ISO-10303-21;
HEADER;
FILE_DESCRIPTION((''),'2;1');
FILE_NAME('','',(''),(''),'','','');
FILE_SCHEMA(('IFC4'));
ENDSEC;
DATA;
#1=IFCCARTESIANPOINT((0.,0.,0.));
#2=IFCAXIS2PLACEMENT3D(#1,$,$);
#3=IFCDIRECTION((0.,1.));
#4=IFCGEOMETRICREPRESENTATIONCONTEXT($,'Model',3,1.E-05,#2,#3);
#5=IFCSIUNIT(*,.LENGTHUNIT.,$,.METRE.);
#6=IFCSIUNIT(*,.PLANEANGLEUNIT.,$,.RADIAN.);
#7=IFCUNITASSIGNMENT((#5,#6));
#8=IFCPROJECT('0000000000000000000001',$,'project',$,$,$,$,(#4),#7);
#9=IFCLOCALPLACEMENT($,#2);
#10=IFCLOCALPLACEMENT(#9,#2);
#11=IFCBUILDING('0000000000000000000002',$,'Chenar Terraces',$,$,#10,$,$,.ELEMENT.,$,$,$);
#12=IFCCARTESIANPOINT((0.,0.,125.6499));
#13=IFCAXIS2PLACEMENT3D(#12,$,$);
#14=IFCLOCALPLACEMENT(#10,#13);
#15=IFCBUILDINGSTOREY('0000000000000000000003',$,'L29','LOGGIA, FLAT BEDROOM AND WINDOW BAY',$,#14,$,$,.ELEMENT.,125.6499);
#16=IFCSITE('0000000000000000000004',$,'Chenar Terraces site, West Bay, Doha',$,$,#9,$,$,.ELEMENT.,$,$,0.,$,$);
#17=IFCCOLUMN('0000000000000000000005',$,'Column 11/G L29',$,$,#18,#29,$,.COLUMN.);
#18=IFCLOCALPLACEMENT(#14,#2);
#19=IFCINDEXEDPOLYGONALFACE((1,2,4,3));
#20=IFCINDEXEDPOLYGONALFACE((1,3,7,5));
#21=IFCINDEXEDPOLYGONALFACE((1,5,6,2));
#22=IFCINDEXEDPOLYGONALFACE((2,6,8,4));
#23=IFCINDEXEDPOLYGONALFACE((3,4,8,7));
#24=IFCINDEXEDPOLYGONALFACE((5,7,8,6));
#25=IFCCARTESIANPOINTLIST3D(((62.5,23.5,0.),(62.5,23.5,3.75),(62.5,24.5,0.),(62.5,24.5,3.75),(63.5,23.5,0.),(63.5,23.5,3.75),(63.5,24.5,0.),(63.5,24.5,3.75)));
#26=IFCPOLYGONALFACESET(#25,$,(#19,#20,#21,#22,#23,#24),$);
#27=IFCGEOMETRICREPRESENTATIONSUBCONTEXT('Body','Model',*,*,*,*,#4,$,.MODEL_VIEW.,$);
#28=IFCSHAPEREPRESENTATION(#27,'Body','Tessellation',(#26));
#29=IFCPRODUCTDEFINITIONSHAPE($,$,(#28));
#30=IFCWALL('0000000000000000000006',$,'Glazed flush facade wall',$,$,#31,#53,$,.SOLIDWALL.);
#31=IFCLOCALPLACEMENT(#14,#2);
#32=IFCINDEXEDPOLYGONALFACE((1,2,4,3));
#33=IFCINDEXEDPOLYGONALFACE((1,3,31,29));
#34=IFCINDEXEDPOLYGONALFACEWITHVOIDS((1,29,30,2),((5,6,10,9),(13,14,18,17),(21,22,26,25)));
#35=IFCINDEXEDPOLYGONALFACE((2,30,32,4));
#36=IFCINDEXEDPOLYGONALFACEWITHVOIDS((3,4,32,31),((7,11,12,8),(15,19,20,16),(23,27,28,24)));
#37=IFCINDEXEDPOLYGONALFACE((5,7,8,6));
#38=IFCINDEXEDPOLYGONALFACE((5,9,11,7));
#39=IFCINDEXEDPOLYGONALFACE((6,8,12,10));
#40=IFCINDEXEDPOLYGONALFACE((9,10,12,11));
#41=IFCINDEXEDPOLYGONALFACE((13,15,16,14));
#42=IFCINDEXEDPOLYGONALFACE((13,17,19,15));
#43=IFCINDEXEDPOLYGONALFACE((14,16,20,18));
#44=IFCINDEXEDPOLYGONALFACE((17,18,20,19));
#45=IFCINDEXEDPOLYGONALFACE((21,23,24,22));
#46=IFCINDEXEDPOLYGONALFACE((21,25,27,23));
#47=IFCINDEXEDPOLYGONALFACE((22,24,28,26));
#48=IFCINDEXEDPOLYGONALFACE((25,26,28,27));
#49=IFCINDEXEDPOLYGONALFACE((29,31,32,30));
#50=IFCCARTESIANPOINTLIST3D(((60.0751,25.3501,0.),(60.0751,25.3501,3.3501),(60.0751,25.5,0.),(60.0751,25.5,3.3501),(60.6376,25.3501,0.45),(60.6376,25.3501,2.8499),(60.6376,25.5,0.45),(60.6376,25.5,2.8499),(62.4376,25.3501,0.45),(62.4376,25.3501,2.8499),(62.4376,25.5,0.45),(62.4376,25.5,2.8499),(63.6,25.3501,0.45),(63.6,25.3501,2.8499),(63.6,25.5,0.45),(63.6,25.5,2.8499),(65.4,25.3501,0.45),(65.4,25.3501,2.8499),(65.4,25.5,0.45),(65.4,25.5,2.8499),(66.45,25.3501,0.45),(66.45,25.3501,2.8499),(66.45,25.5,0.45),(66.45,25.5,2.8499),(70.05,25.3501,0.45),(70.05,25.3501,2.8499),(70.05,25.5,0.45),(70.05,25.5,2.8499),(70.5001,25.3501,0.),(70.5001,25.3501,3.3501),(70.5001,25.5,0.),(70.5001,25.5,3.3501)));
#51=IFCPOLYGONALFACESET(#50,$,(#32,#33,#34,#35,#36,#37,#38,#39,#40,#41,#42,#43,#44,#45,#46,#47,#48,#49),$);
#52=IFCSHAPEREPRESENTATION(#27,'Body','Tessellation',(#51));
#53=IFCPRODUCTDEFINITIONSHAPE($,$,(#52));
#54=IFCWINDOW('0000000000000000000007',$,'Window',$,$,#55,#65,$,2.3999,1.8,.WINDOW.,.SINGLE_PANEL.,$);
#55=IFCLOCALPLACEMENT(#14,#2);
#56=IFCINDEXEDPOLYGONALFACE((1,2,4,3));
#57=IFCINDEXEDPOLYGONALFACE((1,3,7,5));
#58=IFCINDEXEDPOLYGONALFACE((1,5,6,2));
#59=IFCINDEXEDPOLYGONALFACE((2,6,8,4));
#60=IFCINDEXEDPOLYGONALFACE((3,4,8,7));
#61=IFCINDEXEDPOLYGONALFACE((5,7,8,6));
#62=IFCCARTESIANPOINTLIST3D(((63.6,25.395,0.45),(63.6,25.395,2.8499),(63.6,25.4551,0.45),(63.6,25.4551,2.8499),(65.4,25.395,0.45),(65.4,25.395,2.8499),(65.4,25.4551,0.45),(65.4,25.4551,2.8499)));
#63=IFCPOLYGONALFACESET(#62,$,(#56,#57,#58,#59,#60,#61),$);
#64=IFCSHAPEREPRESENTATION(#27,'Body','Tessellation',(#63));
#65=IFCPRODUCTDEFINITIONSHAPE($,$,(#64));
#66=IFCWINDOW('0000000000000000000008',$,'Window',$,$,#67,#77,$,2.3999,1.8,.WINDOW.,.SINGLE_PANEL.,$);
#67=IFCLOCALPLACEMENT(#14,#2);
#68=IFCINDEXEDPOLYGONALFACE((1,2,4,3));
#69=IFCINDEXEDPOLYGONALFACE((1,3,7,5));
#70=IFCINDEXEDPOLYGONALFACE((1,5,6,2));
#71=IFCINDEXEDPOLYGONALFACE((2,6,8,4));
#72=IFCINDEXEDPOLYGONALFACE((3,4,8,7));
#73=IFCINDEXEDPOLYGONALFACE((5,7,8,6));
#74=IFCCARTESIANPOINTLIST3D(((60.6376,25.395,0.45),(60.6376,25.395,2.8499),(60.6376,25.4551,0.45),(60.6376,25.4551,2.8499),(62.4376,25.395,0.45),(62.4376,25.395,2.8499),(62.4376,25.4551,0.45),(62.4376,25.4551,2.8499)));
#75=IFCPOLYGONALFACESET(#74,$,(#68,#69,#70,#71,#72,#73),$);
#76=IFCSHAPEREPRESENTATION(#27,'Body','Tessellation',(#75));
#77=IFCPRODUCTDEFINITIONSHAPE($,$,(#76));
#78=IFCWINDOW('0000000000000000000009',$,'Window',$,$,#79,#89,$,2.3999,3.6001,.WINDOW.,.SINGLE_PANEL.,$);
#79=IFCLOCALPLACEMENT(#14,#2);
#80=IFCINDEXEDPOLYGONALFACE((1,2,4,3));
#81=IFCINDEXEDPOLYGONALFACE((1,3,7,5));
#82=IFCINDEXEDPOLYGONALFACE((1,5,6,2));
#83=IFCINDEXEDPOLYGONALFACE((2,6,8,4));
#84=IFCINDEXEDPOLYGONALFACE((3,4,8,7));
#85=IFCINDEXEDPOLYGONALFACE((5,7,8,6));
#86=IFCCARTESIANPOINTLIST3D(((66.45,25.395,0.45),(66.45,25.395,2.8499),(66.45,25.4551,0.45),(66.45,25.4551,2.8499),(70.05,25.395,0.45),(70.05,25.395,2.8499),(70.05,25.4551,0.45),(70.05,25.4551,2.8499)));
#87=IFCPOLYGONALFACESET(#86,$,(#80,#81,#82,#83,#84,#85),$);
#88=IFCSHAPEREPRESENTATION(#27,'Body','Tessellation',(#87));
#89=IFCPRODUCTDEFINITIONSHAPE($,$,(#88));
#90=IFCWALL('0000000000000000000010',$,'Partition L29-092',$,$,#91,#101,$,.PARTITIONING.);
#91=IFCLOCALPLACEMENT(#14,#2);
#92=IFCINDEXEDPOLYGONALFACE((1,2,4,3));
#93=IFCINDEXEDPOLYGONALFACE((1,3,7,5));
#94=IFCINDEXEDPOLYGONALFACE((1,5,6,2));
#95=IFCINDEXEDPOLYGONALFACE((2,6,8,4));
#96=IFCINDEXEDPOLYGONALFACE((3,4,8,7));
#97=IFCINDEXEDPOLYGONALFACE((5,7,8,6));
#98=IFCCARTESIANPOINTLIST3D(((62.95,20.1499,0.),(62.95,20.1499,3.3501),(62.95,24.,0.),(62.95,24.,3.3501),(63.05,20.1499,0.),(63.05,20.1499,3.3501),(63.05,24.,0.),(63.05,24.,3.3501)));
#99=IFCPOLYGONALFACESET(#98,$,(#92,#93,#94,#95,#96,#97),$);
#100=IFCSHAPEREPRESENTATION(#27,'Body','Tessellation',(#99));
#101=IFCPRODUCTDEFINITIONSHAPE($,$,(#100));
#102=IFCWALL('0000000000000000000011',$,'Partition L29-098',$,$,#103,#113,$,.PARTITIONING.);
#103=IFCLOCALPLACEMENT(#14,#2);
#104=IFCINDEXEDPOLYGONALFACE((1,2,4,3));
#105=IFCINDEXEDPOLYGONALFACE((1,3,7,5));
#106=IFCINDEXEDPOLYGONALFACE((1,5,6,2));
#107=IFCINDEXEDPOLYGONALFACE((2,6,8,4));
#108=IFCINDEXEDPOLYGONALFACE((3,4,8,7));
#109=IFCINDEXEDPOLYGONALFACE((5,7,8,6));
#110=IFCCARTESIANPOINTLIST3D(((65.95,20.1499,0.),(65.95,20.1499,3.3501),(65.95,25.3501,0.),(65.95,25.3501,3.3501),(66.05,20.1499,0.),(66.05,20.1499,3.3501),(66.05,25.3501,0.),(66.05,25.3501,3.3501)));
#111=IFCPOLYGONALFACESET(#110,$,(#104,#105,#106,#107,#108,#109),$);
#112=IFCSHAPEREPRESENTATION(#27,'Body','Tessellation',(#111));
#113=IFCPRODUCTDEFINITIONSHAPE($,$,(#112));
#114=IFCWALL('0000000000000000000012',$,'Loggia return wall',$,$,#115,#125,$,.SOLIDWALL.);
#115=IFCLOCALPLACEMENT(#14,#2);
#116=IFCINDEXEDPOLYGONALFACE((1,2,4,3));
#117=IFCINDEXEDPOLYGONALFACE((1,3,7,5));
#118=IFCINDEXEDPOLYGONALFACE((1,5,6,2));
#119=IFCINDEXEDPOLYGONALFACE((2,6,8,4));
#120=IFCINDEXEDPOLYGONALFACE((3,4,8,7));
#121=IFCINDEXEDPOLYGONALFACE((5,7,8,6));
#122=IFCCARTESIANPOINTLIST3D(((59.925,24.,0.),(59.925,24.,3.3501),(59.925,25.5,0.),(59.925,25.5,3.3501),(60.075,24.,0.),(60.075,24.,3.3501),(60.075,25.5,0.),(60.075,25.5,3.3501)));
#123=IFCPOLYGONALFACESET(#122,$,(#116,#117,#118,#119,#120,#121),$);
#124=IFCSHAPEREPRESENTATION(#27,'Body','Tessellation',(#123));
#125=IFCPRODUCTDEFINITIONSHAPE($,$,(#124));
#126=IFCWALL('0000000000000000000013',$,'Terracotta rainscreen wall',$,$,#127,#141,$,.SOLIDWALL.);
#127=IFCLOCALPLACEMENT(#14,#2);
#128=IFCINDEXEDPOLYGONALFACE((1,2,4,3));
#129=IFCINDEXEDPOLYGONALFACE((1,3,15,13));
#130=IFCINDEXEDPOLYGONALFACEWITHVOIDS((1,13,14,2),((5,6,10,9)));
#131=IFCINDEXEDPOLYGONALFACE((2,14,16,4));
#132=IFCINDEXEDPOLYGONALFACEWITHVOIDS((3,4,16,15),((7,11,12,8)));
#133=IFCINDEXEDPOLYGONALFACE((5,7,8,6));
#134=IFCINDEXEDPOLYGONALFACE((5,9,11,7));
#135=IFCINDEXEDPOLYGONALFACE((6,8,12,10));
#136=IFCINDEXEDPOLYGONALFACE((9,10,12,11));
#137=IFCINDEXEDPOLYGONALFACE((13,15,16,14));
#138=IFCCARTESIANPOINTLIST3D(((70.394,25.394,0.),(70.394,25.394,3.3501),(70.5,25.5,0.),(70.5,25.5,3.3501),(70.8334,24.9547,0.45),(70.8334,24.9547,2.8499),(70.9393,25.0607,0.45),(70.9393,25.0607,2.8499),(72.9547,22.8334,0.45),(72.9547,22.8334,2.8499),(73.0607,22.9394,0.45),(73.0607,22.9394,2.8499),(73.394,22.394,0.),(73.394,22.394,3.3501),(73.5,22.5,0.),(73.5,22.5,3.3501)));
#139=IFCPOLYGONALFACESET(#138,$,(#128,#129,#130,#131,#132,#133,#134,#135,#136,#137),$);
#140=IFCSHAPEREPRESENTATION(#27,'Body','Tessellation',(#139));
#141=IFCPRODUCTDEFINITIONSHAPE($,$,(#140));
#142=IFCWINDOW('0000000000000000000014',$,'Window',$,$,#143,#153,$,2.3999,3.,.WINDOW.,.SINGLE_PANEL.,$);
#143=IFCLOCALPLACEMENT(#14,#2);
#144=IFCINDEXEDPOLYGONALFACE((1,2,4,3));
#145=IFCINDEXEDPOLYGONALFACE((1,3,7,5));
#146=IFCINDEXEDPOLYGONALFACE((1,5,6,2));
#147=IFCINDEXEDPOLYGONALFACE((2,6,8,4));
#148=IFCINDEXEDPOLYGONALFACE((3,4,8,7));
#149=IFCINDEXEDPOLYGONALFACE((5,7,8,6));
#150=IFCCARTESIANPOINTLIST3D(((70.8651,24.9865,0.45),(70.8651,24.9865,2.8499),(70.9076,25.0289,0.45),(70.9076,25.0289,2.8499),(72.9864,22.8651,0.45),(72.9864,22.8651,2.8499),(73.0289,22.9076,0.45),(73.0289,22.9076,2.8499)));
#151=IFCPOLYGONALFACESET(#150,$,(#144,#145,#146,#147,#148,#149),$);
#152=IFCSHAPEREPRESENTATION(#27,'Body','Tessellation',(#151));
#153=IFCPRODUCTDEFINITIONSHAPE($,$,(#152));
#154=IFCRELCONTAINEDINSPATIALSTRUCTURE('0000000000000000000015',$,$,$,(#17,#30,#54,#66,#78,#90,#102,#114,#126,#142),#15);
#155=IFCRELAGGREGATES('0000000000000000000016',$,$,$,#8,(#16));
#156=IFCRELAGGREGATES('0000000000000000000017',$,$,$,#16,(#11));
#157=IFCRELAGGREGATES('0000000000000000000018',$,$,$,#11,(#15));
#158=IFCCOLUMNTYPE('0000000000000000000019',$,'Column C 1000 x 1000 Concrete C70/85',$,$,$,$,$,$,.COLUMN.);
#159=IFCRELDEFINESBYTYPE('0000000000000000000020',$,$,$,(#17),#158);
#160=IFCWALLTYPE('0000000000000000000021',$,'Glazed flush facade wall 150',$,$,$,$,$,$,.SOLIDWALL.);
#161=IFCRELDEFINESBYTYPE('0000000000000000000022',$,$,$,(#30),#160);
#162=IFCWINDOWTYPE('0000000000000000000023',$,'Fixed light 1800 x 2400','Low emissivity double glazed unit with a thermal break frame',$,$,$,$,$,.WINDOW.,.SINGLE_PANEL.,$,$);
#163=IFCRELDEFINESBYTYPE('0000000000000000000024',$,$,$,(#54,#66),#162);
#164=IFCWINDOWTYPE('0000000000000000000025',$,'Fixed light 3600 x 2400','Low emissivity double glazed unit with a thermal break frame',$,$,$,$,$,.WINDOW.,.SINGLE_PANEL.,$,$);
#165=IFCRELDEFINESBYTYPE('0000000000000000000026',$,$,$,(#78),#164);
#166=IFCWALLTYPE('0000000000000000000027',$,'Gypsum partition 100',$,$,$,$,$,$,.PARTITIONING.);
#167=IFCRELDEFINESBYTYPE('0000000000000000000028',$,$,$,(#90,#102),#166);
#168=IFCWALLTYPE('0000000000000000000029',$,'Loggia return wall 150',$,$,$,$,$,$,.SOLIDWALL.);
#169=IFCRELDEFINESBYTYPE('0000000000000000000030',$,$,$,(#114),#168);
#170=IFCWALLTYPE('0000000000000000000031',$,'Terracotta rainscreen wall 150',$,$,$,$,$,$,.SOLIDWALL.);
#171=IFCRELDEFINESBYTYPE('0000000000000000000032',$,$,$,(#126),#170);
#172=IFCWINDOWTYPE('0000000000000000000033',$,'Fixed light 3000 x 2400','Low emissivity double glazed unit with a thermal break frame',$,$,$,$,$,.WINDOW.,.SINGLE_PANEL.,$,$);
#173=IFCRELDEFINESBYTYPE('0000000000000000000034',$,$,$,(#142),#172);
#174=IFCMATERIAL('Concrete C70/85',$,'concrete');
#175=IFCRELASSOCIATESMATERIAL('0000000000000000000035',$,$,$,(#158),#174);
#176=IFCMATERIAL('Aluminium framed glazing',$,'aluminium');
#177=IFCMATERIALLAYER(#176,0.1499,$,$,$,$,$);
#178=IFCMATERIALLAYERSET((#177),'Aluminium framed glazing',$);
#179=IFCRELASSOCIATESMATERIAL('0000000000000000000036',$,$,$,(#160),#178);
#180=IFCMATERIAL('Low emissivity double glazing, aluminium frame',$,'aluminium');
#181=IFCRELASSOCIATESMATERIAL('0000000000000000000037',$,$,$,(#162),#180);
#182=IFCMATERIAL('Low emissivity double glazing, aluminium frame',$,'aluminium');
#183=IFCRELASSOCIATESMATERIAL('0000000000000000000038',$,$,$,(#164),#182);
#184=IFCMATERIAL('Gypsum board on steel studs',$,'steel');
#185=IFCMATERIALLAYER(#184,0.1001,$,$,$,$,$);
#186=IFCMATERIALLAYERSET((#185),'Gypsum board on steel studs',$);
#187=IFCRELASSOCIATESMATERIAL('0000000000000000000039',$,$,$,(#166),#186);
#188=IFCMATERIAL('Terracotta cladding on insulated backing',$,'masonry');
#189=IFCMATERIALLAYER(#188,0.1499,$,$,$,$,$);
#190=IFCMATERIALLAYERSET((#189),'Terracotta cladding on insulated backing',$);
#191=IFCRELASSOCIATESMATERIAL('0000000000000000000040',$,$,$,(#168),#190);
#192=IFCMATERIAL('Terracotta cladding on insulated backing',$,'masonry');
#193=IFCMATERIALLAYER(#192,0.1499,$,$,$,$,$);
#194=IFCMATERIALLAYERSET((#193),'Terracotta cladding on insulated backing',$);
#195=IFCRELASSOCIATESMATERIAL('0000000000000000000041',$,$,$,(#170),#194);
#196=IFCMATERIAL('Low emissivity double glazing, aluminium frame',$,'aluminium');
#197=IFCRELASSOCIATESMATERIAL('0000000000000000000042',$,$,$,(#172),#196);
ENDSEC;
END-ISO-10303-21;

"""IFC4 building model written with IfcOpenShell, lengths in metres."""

from ifc_helpers import new_model, si_unit, direction, frame, frame_2d, origin, origin_2d, place, context, subcontext, project, spatial, rectangle, extrude, material, layer, layer_set, material_profile, profile_set, type_object, element, fill, save


model = new_model("IFC4")

# Units and contexts
model_context = context("Model", 3, precision=1e-05, world=origin(), true_north=direction((0.0, 1.0)))
body_context = subcontext(model_context, "Body", "Model", "MODEL_VIEW")
ifc_project = project(units=[si_unit("LENGTHUNIT", "METRE"), si_unit("PLANEANGLEUNIT", "RADIAN")], contexts=[model_context])

# Site, building, storey
site_placement = place(None, origin())
site = spatial("IfcSite", under=ifc_project, at=site_placement, Name="Chenar Terraces site, West Bay, Doha", CompositionType="ELEMENT", RefElevation=0.0)
building_placement = place(site_placement, origin())
building = spatial("IfcBuilding", under=site, at=building_placement, Name="Chenar Terraces", CompositionType="ELEMENT")
storey_placement = place(building_placement, frame((0.0, 0.0, 125.6499)))
storey = spatial("IfcBuildingStorey", under=building, at=storey_placement, Name="L29", Description="LOGGIA, FLAT BEDROOM AND WINDOW BAY", CompositionType="ELEMENT", Elevation=125.6499)

# Column
ifc_material_1 = material(Name="Concrete C70/85", Category="concrete")
ifc_material_profile = material_profile(ifc_material_1, rectangle(XDim=1.0, YDim=1.0, at=origin_2d()), Name="C 1000 x 1000")
ifc_profile_set = profile_set([ifc_material_profile], Name="Concrete C70/85")
column_type = type_object("IfcColumnType", Name="Column C 1000 x 1000 Concrete C70/85", PredefinedType="COLUMN", material=ifc_profile_set)
column_placement = place(storey_placement, frame((63.0, 24.0, 0.0), z_axis=(0.0, 0.0, 1.0), x_axis=(1.0, 0.0, 0.0)))
element("IfcColumn", 1, at=column_placement, inside=storey, type_object=column_type, Name="Column 11/G L29", PredefinedType="COLUMN", context=body_context, shape_type="SweptSolid", body=[
    extrude(rectangle(XDim=1.0, YDim=1.0, at=origin_2d()), origin(), (0.0, 0.0, 1.0), 3.75),
])

# Wall, openings, windows
ifc_material_2 = material(Name="Aluminium framed glazing", Category="aluminium")
ifc_layer_1 = layer(ifc_material_2, 0.1499)
ifc_layer_set_1 = layer_set([ifc_layer_1], Name="Aluminium framed glazing")
wall_type_1 = type_object("IfcWallType", Name="Glazed flush facade wall 150", PredefinedType="SOLIDWALL", material=ifc_layer_set_1)
wall_1_placement = place(storey_placement, frame((70.5, 25.425, 0.0), z_axis=(0.0, 0.0, 1.0), x_axis=(-1.0, 0.0, 0.0)))
wall_1 = element("IfcWall", 2, at=wall_1_placement, inside=storey, type_object=wall_type_1, Name="Glazed flush facade wall", PredefinedType="SOLIDWALL", context=body_context, shape_type="SweptSolid", body=[
    extrude(rectangle(XDim=10.425, YDim=0.1499, at=frame_2d((5.2124, 0.0))), origin(), (0.0, 0.0, 1.0), 3.3501),
])
opening_1_placement = place(wall_1_placement, frame((0.45, 0.0, 0.45)))
opening_1 = element("IfcOpeningElement", 3, at=opening_1_placement, cuts=wall_1, PredefinedType="OPENING", context=body_context, shape_type="SweptSolid", body=[
    extrude(rectangle(XDim=3.6001, YDim=2.3999, at=frame_2d((1.8, 1.2))), frame((0.0, 0.085, 0.0), z_axis=(0.0, -1.0, 0.0), x_axis=(1.0, 0.0, 0.0)), (0.0, 0.0, 1.0), 0.1699),
])
opening_2_placement = place(wall_1_placement, frame((5.1001, 0.0, 0.45)))
opening_2 = element("IfcOpeningElement", 4, at=opening_2_placement, cuts=wall_1, PredefinedType="OPENING", context=body_context, shape_type="SweptSolid", body=[
    extrude(rectangle(XDim=1.8, YDim=2.3999, at=frame_2d((0.8999, 1.2))), frame((0.0, 0.085, 0.0), z_axis=(0.0, -1.0, 0.0), x_axis=(1.0, 0.0, 0.0)), (0.0, 0.0, 1.0), 0.1699),
])
opening_3_placement = place(wall_1_placement, frame((8.0625, 0.0, 0.45)))
opening_3 = element("IfcOpeningElement", 5, at=opening_3_placement, cuts=wall_1, PredefinedType="OPENING", context=body_context, shape_type="SweptSolid", body=[
    extrude(rectangle(XDim=1.8, YDim=2.3999, at=frame_2d((0.8999, 1.2))), frame((0.0, 0.085, 0.0), z_axis=(0.0, -1.0, 0.0), x_axis=(1.0, 0.0, 0.0)), (0.0, 0.0, 1.0), 0.1699),
])
ifc_material_3 = material(Name="Low emissivity double glazing, aluminium frame", Category="aluminium")
window_type_1 = type_object("IfcWindowType", Name="Fixed light 1800 x 2400", Description="Low emissivity double glazed unit with a thermal break frame", PartitioningType="SINGLE_PANEL", PredefinedType="WINDOW", material=ifc_material_3)
window_1_placement = place(opening_2_placement, origin())
window_1 = element("IfcWindow", 6, at=window_1_placement, inside=storey, type_object=window_type_1, Name="Window", OverallHeight=2.3999, OverallWidth=1.8, PartitioningType="SINGLE_PANEL", PredefinedType="WINDOW", context=body_context, shape_type="SweptSolid", body=[
    extrude(rectangle(XDim=1.8, YDim=2.3999, at=frame_2d((0.8999, 1.2))), frame((0.0, 0.03, 0.0), z_axis=(0.0, -1.0, 0.0), x_axis=(1.0, 0.0, 0.0)), (0.0, 0.0, 1.0), 0.0601),
])
fill(opening_2, window_1)
window_2_placement = place(opening_3_placement, origin())
window_2 = element("IfcWindow", 7, at=window_2_placement, inside=storey, type_object=window_type_1, Name="Window", OverallHeight=2.3999, OverallWidth=1.8, PartitioningType="SINGLE_PANEL", PredefinedType="WINDOW", context=body_context, shape_type="SweptSolid", body=[
    extrude(rectangle(XDim=1.8, YDim=2.3999, at=frame_2d((0.8999, 1.2))), frame((0.0, 0.03, 0.0), z_axis=(0.0, -1.0, 0.0), x_axis=(1.0, 0.0, 0.0)), (0.0, 0.0, 1.0), 0.0601),
])
fill(opening_3, window_2)
ifc_material_4 = material(Name="Low emissivity double glazing, aluminium frame", Category="aluminium")
window_type_2 = type_object("IfcWindowType", Name="Fixed light 3600 x 2400", Description="Low emissivity double glazed unit with a thermal break frame", PartitioningType="SINGLE_PANEL", PredefinedType="WINDOW", material=ifc_material_4)
window_3_placement = place(opening_1_placement, origin())
window_3 = element("IfcWindow", 8, at=window_3_placement, inside=storey, type_object=window_type_2, Name="Window", OverallHeight=2.3999, OverallWidth=3.6001, PartitioningType="SINGLE_PANEL", PredefinedType="WINDOW", context=body_context, shape_type="SweptSolid", body=[
    extrude(rectangle(XDim=3.6001, YDim=2.3999, at=frame_2d((1.8, 1.2))), frame((0.0, 0.03, 0.0), z_axis=(0.0, -1.0, 0.0), x_axis=(1.0, 0.0, 0.0)), (0.0, 0.0, 1.0), 0.0601),
])
fill(opening_1, window_3)

# Walls
ifc_material_5 = material(Name="Gypsum board on steel studs", Category="steel")
ifc_layer_2 = layer(ifc_material_5, 0.1001)
ifc_layer_set_2 = layer_set([ifc_layer_2], Name="Gypsum board on steel studs")
wall_type_2 = type_object("IfcWallType", Name="Gypsum partition 100", PredefinedType="PARTITIONING", material=ifc_layer_set_2)
wall_2_placement = place(storey_placement, frame((63.0, 20.1499, 0.0), z_axis=(0.0, 0.0, 1.0), x_axis=(0.0, 1.0, 0.0)))
element("IfcWall", 9, at=wall_2_placement, inside=storey, type_object=wall_type_2, Name="Partition L29-092", PredefinedType="PARTITIONING", context=body_context, shape_type="SweptSolid", body=[
    extrude(rectangle(XDim=3.8501, YDim=0.1001, at=frame_2d((1.925, 0.0))), origin(), (0.0, 0.0, 1.0), 3.3501),
])
wall_3_placement = place(storey_placement, frame((66.0, 20.1499, 0.0), z_axis=(0.0, 0.0, 1.0), x_axis=(0.0, 1.0, 0.0)))
element("IfcWall", 10, at=wall_3_placement, inside=storey, type_object=wall_type_2, Name="Partition L29-098", PredefinedType="PARTITIONING", context=body_context, shape_type="SweptSolid", body=[
    extrude(rectangle(XDim=5.2002, YDim=0.1001, at=frame_2d((2.6001, 0.0))), origin(), (0.0, 0.0, 1.0), 3.3501),
])
ifc_material_6 = material(Name="Terracotta cladding on insulated backing", Category="masonry")
ifc_layer_3 = layer(ifc_material_6, 0.1499)
ifc_layer_set_3 = layer_set([ifc_layer_3], Name="Terracotta cladding on insulated backing")
wall_type_3 = type_object("IfcWallType", Name="Loggia return wall 150", PredefinedType="SOLIDWALL", material=ifc_layer_set_3)
wall_4_placement = place(storey_placement, frame((60.0, 25.5, 0.0), z_axis=(0.0, 0.0, 1.0), x_axis=(0.0, -1.0, 0.0)))
element("IfcWall", 11, at=wall_4_placement, inside=storey, type_object=wall_type_3, Name="Loggia return wall", PredefinedType="SOLIDWALL", context=body_context, shape_type="SweptSolid", body=[
    extrude(rectangle(XDim=1.5, YDim=0.1499, at=frame_2d((0.75, 0.0))), origin(), (0.0, 0.0, 1.0), 3.3501),
])

# Wall, opening, window
ifc_material_7 = material(Name="Terracotta cladding on insulated backing", Category="masonry")
ifc_layer_4 = layer(ifc_material_7, 0.1499)
ifc_layer_set_4 = layer_set([ifc_layer_4], Name="Terracotta cladding on insulated backing")
wall_type_4 = type_object("IfcWallType", Name="Terracotta rainscreen wall 150", PredefinedType="SOLIDWALL", material=ifc_layer_set_4)
wall_5_placement = place(storey_placement, frame((73.447, 22.447, 0.0), z_axis=(0.0, 0.0, 1.0), x_axis=(-0.707107, 0.707107, 0.0)))
wall_5 = element("IfcWall", 12, at=wall_5_placement, inside=storey, type_object=wall_type_4, Name="Terracotta rainscreen wall", PredefinedType="SOLIDWALL", context=body_context, shape_type="SweptSolid", body=[
    extrude(rectangle(XDim=4.2427, YDim=0.1499, at=frame_2d((2.1213, 0.0))), origin(), (0.0, 0.0, 1.0), 3.3501),
])
opening_4_placement = place(wall_5_placement, frame((0.6213, 0.0, 0.45)))
opening_4 = element("IfcOpeningElement", 13, at=opening_4_placement, cuts=wall_5, PredefinedType="OPENING", context=body_context, shape_type="SweptSolid", body=[
    extrude(rectangle(XDim=3.0, YDim=2.3999, at=frame_2d((1.5, 1.2))), frame((0.0, 0.085, 0.0), z_axis=(0.0, -1.0, 0.0), x_axis=(1.0, 0.0, 0.0)), (0.0, 0.0, 1.0), 0.1699),
])
ifc_material_8 = material(Name="Low emissivity double glazing, aluminium frame", Category="aluminium")
window_type_3 = type_object("IfcWindowType", Name="Fixed light 3000 x 2400", Description="Low emissivity double glazed unit with a thermal break frame", PartitioningType="SINGLE_PANEL", PredefinedType="WINDOW", material=ifc_material_8)
window_4_placement = place(opening_4_placement, origin())
window_4 = element("IfcWindow", 14, at=window_4_placement, inside=storey, type_object=window_type_3, Name="Window", OverallHeight=2.3999, OverallWidth=3.0, PartitioningType="SINGLE_PANEL", PredefinedType="WINDOW", context=body_context, shape_type="SweptSolid", body=[
    extrude(rectangle(XDim=3.0, YDim=2.3999, at=frame_2d((1.5, 1.2))), frame((0.0, 0.03, 0.0), z_axis=(0.0, -1.0, 0.0), x_axis=(1.0, 0.0, 0.0)), (0.0, 0.0, 1.0), 0.0601),
])
fill(opening_4, window_4)

save(model, "model.ifc")
